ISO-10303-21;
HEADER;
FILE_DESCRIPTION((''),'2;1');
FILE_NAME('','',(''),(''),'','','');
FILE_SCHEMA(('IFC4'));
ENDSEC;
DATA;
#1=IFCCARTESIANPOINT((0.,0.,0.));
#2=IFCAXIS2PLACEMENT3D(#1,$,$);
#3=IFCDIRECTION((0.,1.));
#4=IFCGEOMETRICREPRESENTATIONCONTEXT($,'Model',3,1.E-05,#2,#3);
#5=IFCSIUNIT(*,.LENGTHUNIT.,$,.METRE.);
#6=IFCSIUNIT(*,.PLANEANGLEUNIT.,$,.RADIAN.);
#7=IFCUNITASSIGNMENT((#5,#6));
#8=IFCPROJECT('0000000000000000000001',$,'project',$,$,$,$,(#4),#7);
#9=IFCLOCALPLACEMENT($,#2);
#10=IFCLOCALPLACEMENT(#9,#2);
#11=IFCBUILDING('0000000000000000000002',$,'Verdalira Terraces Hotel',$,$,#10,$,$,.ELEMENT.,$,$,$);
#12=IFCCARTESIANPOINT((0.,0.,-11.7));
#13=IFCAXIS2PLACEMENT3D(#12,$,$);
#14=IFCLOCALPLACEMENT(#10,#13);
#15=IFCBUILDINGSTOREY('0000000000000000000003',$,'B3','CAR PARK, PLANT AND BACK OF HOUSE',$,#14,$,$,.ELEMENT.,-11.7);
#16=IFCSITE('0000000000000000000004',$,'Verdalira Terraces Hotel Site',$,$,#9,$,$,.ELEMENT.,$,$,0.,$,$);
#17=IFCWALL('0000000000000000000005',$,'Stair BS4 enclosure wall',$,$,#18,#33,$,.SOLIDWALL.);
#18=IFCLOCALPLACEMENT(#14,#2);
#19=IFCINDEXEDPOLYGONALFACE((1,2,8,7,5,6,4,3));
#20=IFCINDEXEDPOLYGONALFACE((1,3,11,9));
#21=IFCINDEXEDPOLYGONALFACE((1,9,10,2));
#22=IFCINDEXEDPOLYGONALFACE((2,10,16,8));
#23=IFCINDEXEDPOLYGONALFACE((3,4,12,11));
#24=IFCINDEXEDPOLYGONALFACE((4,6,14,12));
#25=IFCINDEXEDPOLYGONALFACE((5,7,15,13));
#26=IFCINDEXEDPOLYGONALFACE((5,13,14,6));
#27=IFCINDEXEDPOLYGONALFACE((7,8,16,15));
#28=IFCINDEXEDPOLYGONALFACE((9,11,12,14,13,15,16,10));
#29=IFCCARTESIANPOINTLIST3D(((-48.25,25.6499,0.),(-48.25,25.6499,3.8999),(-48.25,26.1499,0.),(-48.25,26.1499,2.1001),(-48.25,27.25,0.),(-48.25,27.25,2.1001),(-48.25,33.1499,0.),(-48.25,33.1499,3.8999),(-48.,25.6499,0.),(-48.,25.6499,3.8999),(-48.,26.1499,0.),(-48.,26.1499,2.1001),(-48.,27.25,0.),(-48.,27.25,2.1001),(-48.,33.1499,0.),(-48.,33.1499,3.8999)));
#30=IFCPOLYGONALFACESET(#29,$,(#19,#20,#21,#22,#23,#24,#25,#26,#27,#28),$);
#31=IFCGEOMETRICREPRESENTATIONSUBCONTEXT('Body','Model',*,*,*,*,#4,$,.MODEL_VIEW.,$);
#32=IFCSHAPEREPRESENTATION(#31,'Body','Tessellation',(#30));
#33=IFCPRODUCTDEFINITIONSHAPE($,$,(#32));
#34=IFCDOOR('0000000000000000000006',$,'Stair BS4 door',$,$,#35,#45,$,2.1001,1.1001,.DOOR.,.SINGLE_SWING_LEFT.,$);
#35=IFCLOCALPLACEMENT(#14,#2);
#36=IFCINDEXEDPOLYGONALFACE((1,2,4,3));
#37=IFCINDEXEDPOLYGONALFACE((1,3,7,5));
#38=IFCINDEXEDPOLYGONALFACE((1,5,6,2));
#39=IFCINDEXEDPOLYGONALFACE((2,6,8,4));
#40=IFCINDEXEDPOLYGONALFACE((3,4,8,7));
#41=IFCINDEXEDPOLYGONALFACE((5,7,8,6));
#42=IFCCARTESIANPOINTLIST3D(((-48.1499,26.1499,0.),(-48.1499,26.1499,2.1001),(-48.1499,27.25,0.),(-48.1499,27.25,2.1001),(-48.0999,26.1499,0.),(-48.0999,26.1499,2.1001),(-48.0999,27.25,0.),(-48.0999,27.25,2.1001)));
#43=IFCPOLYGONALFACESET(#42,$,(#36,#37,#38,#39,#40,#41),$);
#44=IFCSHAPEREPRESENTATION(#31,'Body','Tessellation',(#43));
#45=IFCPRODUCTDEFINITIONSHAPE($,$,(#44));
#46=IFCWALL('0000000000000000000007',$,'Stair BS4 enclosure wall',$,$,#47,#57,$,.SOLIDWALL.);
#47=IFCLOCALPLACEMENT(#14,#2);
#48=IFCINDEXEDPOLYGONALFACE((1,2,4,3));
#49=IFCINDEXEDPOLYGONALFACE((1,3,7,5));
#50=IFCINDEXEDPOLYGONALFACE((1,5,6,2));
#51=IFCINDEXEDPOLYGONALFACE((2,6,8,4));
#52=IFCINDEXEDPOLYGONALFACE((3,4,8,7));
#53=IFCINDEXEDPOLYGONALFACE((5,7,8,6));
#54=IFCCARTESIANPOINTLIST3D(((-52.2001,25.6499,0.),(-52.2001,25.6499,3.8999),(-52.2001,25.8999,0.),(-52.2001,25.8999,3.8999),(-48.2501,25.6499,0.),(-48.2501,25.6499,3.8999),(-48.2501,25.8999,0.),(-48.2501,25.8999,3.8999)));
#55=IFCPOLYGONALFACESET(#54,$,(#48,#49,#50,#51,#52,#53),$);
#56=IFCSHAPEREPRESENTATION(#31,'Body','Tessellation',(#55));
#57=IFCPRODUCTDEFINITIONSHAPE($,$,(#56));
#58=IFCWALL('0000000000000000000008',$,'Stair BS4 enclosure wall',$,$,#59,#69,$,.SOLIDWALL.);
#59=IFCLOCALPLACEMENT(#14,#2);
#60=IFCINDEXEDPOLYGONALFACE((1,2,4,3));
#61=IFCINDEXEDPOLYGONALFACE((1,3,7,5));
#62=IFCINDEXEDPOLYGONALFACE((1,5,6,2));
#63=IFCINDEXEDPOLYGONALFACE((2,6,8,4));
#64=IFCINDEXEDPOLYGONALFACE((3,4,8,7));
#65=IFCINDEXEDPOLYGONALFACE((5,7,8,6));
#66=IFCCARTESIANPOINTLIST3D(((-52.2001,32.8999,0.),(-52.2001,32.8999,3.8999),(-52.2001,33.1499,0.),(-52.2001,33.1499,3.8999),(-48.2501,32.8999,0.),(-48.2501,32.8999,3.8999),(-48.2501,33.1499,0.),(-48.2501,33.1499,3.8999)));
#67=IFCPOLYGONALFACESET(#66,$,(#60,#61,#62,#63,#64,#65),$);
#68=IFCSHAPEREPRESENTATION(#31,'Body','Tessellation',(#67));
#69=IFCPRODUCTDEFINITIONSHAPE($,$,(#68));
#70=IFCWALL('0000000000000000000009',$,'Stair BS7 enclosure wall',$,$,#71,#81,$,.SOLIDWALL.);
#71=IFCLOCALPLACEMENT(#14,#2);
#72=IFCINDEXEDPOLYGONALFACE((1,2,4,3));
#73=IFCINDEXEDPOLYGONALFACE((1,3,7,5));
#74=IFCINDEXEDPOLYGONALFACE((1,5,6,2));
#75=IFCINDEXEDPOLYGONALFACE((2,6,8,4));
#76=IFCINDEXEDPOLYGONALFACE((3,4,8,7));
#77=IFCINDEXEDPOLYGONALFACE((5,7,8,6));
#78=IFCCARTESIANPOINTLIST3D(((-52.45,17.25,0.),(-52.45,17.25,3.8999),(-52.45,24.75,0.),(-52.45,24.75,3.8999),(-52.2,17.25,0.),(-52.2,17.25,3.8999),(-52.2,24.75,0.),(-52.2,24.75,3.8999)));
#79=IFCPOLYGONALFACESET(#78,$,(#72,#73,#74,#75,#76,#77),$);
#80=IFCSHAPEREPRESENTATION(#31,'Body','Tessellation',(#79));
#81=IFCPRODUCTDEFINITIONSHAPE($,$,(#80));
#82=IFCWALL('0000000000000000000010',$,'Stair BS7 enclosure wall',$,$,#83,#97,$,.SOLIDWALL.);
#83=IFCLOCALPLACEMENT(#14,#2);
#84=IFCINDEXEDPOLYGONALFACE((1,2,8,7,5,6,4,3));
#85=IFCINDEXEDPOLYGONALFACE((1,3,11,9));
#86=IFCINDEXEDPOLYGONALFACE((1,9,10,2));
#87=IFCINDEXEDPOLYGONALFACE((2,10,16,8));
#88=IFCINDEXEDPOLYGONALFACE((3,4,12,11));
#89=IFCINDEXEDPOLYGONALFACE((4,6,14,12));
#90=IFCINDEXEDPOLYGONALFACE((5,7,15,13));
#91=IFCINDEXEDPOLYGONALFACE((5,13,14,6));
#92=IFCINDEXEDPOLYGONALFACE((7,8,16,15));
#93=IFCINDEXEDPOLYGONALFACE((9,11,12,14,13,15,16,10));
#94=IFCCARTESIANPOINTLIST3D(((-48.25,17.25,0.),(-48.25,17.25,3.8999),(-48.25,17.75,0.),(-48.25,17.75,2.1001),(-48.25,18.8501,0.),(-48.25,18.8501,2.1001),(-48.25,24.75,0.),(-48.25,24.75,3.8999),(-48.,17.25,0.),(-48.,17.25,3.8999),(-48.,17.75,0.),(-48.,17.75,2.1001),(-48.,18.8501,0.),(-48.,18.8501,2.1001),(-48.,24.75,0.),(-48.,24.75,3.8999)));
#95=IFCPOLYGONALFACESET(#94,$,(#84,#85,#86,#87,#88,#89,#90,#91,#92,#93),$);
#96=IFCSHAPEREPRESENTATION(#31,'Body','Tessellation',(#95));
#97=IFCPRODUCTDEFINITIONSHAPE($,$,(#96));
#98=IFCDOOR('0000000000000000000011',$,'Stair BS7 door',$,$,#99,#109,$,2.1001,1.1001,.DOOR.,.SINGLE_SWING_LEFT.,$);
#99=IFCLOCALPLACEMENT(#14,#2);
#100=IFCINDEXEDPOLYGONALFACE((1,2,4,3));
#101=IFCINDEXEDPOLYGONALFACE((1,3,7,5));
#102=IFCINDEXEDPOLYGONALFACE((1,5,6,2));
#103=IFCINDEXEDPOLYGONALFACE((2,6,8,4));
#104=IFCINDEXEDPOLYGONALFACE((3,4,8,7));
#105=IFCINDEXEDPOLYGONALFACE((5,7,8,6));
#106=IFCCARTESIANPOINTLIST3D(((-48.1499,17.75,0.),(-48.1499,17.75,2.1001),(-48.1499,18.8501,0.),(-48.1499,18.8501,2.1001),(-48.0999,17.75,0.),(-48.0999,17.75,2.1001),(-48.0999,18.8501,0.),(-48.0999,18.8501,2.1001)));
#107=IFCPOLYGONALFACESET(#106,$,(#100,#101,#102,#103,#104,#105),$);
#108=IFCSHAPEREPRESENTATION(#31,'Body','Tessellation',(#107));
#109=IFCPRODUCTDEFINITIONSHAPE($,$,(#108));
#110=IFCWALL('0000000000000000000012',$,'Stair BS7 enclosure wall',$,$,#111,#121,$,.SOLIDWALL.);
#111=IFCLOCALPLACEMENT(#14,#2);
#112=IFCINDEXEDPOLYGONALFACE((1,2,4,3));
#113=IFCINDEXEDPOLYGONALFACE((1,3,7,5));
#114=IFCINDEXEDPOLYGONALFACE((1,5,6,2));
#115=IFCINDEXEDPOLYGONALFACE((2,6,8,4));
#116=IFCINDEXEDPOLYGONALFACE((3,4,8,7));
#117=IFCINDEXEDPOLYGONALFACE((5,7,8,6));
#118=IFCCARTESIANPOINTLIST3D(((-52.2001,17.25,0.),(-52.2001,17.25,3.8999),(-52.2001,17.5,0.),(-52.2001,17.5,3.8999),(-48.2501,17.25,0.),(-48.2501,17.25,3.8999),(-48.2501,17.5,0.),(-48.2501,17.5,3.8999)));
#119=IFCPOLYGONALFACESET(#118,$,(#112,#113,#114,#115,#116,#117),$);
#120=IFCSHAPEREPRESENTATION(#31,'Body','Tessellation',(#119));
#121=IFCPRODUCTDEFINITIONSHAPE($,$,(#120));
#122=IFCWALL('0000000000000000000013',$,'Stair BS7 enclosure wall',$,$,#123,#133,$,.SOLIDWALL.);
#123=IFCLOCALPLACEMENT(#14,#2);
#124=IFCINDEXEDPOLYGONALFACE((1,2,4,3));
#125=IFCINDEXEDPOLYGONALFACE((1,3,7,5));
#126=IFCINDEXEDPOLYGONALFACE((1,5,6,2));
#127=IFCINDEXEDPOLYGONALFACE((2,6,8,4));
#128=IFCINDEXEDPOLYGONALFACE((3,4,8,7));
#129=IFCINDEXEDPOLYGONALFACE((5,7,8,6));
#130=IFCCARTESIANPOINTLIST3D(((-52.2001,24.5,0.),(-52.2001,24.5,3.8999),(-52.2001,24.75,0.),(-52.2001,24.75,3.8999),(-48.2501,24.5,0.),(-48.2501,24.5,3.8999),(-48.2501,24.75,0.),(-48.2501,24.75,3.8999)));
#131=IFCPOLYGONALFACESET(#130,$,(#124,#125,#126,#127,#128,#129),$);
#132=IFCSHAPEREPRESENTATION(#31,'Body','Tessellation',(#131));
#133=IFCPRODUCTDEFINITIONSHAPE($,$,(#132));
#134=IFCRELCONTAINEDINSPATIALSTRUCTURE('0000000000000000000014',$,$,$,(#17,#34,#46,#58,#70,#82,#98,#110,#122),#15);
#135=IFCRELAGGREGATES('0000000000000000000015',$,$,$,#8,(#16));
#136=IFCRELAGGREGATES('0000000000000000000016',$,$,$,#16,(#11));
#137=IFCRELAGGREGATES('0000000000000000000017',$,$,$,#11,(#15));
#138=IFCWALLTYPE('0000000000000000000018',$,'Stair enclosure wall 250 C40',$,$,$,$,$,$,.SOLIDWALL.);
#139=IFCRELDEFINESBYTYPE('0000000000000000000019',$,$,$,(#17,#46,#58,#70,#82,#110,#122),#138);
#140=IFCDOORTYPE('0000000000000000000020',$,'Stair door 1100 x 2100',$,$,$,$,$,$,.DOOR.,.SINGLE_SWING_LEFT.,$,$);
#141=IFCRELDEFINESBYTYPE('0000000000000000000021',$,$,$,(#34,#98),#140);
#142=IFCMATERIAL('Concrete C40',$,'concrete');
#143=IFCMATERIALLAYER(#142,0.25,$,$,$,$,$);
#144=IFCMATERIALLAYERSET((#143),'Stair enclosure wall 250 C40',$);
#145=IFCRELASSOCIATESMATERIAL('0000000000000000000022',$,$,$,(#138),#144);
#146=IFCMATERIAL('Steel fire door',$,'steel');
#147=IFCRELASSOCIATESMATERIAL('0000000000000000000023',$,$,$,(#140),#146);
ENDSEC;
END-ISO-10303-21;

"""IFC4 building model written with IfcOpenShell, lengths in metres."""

from ifc_helpers import new_model, si_unit, direction, frame, frame_2d, origin, place, context, subcontext, project, spatial, rectangle, extrude, material, layer, layer_set, type_object, element, fill, save


model = new_model("IFC4")

# Units and contexts
model_context = context("Model", 3, precision=1e-05, world=origin(), true_north=direction((0.0, 1.0)))
body_context = subcontext(model_context, "Body", "Model", "MODEL_VIEW")
ifc_project = project(units=[si_unit("LENGTHUNIT", "METRE"), si_unit("PLANEANGLEUNIT", "RADIAN")], contexts=[model_context])

# Site, building, storey
site_placement = place(None, origin())
site = spatial("IfcSite", under=ifc_project, at=site_placement, Name="Verdalira Terraces Hotel Site", CompositionType="ELEMENT", RefElevation=0.0)
building_placement = place(site_placement, origin())
building = spatial("IfcBuilding", under=site, at=building_placement, Name="Verdalira Terraces Hotel", CompositionType="ELEMENT")
storey_placement = place(building_placement, frame((0.0, 0.0, -11.7)))
storey = spatial("IfcBuildingStorey", under=building, at=storey_placement, Name="B3", Description="CAR PARK, PLANT AND BACK OF HOUSE", CompositionType="ELEMENT", Elevation=-11.7)

# Shared definitions
ifc_material_1 = material(Name="Concrete C40", Category="concrete")
ifc_layer_1 = layer(ifc_material_1, 0.25)
ifc_layer_set_1 = layer_set([ifc_layer_1], Name="Stair enclosure wall 250 C40")
wall_type_1 = type_object("IfcWallType", Name="Stair enclosure wall 250 C40", PredefinedType="SOLIDWALL", material=ifc_layer_set_1)

# Wall, opening, door
wall_1_placement = place(storey_placement, frame((-48.125, 25.6499, 0.0), z_axis=(0.0, 0.0, 1.0), x_axis=(0.0, 1.0, 0.0)))
wall_1 = element("IfcWall", 1, at=wall_1_placement, inside=storey, type_object=wall_type_1, Name="Stair BS4 enclosure wall", PredefinedType="SOLIDWALL", context=body_context, shape_type="SweptSolid", body=[
    extrude(rectangle(XDim=7.5, YDim=0.25, at=frame_2d((3.75, 0.0))), origin(), (0.0, 0.0, 1.0), 3.8999),
])
opening_1_placement = place(wall_1_placement, frame((0.5, 0.0, 0.0)))
opening_1 = element("IfcOpeningElement", 2, at=opening_1_placement, cuts=wall_1, PredefinedType="OPENING", context=body_context, shape_type="SweptSolid", body=[
    extrude(rectangle(XDim=1.1001, YDim=2.1001, at=frame_2d((0.55, 1.05))), frame((0.0, 0.135, 0.0), z_axis=(0.0, -1.0, 0.0), x_axis=(1.0, 0.0, 0.0)), (0.0, 0.0, 1.0), 0.27),
])
ifc_material_2 = material(Name="Steel fire door", Category="steel")
door_type_1 = type_object("IfcDoorType", Name="Stair door 1100 x 2100", OperationType="SINGLE_SWING_LEFT", PredefinedType="DOOR", material=ifc_material_2)
door_1_placement = place(opening_1_placement, origin())
door_1 = element("IfcDoor", 3, at=door_1_placement, inside=storey, type_object=door_type_1, Name="Stair BS4 door", OperationType="SINGLE_SWING_LEFT", OverallHeight=2.1001, OverallWidth=1.1001, PredefinedType="DOOR", context=body_context, shape_type="SweptSolid", body=[
    extrude(rectangle(XDim=1.1001, YDim=2.1001, at=frame_2d((0.55, 1.05))), frame((0.0, 0.0249, 0.0), z_axis=(0.0, -1.0, 0.0), x_axis=(1.0, 0.0, 0.0)), (0.0, 0.0, 1.0), 0.05),
])
fill(opening_1, door_1)

# Walls
for number, where, z_axis, x_axis, name in (
    (4, (-48.25, 25.7749, 0.0), (0.0, 0.0, 1.0), (-1.0, 0.0, 0.0), "Stair BS4 enclosure wall"),
    (5, (-48.25, 33.0249, 0.0), (0.0, 0.0, 1.0), (-1.0, 0.0, 0.0), "Stair BS4 enclosure wall"),
):
    element("IfcWall", number, at=place(storey_placement, frame(where, z_axis=z_axis, x_axis=x_axis)), inside=storey, type_object=wall_type_1, Name=name, PredefinedType="SOLIDWALL", context=body_context, shape_type="SweptSolid", body=[
        extrude(rectangle(XDim=3.95, YDim=0.25, at=frame_2d((1.9751, 0.0))), origin(), (0.0, 0.0, 1.0), 3.8999),
    ])
wall_2_placement = place(storey_placement, frame((-52.325, 17.25, 0.0), z_axis=(0.0, 0.0, 1.0), x_axis=(0.0, 1.0, 0.0)))
element("IfcWall", 6, at=wall_2_placement, inside=storey, type_object=wall_type_1, Name="Stair BS7 enclosure wall", PredefinedType="SOLIDWALL", context=body_context, shape_type="SweptSolid", body=[
    extrude(rectangle(XDim=7.5, YDim=0.25, at=frame_2d((3.75, 0.0))), origin(), (0.0, 0.0, 1.0), 3.8999),
])

# Wall, opening, door
wall_3_placement = place(storey_placement, frame((-48.125, 17.25, 0.0), z_axis=(0.0, 0.0, 1.0), x_axis=(0.0, 1.0, 0.0)))
wall_3 = element("IfcWall", 7, at=wall_3_placement, inside=storey, type_object=wall_type_1, Name="Stair BS7 enclosure wall", PredefinedType="SOLIDWALL", context=body_context, shape_type="SweptSolid", body=[
    extrude(rectangle(XDim=7.5, YDim=0.25, at=frame_2d((3.75, 0.0))), origin(), (0.0, 0.0, 1.0), 3.8999),
])
opening_2_placement = place(wall_3_placement, frame((0.5, 0.0, 0.0)))
opening_2 = element("IfcOpeningElement", 8, at=opening_2_placement, cuts=wall_3, PredefinedType="OPENING", context=body_context, shape_type="SweptSolid", body=[
    extrude(rectangle(XDim=1.1001, YDim=2.1001, at=frame_2d((0.55, 1.05))), frame((0.0, 0.135, 0.0), z_axis=(0.0, -1.0, 0.0), x_axis=(1.0, 0.0, 0.0)), (0.0, 0.0, 1.0), 0.27),
])
door_2_placement = place(opening_2_placement, origin())
door_2 = element("IfcDoor", 9, at=door_2_placement, inside=storey, type_object=door_type_1, Name="Stair BS7 door", OperationType="SINGLE_SWING_LEFT", OverallHeight=2.1001, OverallWidth=1.1001, PredefinedType="DOOR", context=body_context, shape_type="SweptSolid", body=[
    extrude(rectangle(XDim=1.1001, YDim=2.1001, at=frame_2d((0.55, 1.05))), frame((0.0, 0.0249, 0.0), z_axis=(0.0, -1.0, 0.0), x_axis=(1.0, 0.0, 0.0)), (0.0, 0.0, 1.0), 0.05),
])
fill(opening_2, door_2)

# Walls
for number, where, z_axis, x_axis, name in (
    (10, (-48.25, 17.375, 0.0), (0.0, 0.0, 1.0), (-1.0, 0.0, 0.0), "Stair BS7 enclosure wall"),
    (11, (-48.25, 24.625, 0.0), (0.0, 0.0, 1.0), (-1.0, 0.0, 0.0), "Stair BS7 enclosure wall"),
):
    element("IfcWall", number, at=place(storey_placement, frame(where, z_axis=z_axis, x_axis=x_axis)), inside=storey, type_object=wall_type_1, Name=name, PredefinedType="SOLIDWALL", context=body_context, shape_type="SweptSolid", body=[
        extrude(rectangle(XDim=3.95, YDim=0.25, at=frame_2d((1.9751, 0.0))), origin(), (0.0, 0.0, 1.0), 3.8999),
    ])

save(model, "model.ifc")
